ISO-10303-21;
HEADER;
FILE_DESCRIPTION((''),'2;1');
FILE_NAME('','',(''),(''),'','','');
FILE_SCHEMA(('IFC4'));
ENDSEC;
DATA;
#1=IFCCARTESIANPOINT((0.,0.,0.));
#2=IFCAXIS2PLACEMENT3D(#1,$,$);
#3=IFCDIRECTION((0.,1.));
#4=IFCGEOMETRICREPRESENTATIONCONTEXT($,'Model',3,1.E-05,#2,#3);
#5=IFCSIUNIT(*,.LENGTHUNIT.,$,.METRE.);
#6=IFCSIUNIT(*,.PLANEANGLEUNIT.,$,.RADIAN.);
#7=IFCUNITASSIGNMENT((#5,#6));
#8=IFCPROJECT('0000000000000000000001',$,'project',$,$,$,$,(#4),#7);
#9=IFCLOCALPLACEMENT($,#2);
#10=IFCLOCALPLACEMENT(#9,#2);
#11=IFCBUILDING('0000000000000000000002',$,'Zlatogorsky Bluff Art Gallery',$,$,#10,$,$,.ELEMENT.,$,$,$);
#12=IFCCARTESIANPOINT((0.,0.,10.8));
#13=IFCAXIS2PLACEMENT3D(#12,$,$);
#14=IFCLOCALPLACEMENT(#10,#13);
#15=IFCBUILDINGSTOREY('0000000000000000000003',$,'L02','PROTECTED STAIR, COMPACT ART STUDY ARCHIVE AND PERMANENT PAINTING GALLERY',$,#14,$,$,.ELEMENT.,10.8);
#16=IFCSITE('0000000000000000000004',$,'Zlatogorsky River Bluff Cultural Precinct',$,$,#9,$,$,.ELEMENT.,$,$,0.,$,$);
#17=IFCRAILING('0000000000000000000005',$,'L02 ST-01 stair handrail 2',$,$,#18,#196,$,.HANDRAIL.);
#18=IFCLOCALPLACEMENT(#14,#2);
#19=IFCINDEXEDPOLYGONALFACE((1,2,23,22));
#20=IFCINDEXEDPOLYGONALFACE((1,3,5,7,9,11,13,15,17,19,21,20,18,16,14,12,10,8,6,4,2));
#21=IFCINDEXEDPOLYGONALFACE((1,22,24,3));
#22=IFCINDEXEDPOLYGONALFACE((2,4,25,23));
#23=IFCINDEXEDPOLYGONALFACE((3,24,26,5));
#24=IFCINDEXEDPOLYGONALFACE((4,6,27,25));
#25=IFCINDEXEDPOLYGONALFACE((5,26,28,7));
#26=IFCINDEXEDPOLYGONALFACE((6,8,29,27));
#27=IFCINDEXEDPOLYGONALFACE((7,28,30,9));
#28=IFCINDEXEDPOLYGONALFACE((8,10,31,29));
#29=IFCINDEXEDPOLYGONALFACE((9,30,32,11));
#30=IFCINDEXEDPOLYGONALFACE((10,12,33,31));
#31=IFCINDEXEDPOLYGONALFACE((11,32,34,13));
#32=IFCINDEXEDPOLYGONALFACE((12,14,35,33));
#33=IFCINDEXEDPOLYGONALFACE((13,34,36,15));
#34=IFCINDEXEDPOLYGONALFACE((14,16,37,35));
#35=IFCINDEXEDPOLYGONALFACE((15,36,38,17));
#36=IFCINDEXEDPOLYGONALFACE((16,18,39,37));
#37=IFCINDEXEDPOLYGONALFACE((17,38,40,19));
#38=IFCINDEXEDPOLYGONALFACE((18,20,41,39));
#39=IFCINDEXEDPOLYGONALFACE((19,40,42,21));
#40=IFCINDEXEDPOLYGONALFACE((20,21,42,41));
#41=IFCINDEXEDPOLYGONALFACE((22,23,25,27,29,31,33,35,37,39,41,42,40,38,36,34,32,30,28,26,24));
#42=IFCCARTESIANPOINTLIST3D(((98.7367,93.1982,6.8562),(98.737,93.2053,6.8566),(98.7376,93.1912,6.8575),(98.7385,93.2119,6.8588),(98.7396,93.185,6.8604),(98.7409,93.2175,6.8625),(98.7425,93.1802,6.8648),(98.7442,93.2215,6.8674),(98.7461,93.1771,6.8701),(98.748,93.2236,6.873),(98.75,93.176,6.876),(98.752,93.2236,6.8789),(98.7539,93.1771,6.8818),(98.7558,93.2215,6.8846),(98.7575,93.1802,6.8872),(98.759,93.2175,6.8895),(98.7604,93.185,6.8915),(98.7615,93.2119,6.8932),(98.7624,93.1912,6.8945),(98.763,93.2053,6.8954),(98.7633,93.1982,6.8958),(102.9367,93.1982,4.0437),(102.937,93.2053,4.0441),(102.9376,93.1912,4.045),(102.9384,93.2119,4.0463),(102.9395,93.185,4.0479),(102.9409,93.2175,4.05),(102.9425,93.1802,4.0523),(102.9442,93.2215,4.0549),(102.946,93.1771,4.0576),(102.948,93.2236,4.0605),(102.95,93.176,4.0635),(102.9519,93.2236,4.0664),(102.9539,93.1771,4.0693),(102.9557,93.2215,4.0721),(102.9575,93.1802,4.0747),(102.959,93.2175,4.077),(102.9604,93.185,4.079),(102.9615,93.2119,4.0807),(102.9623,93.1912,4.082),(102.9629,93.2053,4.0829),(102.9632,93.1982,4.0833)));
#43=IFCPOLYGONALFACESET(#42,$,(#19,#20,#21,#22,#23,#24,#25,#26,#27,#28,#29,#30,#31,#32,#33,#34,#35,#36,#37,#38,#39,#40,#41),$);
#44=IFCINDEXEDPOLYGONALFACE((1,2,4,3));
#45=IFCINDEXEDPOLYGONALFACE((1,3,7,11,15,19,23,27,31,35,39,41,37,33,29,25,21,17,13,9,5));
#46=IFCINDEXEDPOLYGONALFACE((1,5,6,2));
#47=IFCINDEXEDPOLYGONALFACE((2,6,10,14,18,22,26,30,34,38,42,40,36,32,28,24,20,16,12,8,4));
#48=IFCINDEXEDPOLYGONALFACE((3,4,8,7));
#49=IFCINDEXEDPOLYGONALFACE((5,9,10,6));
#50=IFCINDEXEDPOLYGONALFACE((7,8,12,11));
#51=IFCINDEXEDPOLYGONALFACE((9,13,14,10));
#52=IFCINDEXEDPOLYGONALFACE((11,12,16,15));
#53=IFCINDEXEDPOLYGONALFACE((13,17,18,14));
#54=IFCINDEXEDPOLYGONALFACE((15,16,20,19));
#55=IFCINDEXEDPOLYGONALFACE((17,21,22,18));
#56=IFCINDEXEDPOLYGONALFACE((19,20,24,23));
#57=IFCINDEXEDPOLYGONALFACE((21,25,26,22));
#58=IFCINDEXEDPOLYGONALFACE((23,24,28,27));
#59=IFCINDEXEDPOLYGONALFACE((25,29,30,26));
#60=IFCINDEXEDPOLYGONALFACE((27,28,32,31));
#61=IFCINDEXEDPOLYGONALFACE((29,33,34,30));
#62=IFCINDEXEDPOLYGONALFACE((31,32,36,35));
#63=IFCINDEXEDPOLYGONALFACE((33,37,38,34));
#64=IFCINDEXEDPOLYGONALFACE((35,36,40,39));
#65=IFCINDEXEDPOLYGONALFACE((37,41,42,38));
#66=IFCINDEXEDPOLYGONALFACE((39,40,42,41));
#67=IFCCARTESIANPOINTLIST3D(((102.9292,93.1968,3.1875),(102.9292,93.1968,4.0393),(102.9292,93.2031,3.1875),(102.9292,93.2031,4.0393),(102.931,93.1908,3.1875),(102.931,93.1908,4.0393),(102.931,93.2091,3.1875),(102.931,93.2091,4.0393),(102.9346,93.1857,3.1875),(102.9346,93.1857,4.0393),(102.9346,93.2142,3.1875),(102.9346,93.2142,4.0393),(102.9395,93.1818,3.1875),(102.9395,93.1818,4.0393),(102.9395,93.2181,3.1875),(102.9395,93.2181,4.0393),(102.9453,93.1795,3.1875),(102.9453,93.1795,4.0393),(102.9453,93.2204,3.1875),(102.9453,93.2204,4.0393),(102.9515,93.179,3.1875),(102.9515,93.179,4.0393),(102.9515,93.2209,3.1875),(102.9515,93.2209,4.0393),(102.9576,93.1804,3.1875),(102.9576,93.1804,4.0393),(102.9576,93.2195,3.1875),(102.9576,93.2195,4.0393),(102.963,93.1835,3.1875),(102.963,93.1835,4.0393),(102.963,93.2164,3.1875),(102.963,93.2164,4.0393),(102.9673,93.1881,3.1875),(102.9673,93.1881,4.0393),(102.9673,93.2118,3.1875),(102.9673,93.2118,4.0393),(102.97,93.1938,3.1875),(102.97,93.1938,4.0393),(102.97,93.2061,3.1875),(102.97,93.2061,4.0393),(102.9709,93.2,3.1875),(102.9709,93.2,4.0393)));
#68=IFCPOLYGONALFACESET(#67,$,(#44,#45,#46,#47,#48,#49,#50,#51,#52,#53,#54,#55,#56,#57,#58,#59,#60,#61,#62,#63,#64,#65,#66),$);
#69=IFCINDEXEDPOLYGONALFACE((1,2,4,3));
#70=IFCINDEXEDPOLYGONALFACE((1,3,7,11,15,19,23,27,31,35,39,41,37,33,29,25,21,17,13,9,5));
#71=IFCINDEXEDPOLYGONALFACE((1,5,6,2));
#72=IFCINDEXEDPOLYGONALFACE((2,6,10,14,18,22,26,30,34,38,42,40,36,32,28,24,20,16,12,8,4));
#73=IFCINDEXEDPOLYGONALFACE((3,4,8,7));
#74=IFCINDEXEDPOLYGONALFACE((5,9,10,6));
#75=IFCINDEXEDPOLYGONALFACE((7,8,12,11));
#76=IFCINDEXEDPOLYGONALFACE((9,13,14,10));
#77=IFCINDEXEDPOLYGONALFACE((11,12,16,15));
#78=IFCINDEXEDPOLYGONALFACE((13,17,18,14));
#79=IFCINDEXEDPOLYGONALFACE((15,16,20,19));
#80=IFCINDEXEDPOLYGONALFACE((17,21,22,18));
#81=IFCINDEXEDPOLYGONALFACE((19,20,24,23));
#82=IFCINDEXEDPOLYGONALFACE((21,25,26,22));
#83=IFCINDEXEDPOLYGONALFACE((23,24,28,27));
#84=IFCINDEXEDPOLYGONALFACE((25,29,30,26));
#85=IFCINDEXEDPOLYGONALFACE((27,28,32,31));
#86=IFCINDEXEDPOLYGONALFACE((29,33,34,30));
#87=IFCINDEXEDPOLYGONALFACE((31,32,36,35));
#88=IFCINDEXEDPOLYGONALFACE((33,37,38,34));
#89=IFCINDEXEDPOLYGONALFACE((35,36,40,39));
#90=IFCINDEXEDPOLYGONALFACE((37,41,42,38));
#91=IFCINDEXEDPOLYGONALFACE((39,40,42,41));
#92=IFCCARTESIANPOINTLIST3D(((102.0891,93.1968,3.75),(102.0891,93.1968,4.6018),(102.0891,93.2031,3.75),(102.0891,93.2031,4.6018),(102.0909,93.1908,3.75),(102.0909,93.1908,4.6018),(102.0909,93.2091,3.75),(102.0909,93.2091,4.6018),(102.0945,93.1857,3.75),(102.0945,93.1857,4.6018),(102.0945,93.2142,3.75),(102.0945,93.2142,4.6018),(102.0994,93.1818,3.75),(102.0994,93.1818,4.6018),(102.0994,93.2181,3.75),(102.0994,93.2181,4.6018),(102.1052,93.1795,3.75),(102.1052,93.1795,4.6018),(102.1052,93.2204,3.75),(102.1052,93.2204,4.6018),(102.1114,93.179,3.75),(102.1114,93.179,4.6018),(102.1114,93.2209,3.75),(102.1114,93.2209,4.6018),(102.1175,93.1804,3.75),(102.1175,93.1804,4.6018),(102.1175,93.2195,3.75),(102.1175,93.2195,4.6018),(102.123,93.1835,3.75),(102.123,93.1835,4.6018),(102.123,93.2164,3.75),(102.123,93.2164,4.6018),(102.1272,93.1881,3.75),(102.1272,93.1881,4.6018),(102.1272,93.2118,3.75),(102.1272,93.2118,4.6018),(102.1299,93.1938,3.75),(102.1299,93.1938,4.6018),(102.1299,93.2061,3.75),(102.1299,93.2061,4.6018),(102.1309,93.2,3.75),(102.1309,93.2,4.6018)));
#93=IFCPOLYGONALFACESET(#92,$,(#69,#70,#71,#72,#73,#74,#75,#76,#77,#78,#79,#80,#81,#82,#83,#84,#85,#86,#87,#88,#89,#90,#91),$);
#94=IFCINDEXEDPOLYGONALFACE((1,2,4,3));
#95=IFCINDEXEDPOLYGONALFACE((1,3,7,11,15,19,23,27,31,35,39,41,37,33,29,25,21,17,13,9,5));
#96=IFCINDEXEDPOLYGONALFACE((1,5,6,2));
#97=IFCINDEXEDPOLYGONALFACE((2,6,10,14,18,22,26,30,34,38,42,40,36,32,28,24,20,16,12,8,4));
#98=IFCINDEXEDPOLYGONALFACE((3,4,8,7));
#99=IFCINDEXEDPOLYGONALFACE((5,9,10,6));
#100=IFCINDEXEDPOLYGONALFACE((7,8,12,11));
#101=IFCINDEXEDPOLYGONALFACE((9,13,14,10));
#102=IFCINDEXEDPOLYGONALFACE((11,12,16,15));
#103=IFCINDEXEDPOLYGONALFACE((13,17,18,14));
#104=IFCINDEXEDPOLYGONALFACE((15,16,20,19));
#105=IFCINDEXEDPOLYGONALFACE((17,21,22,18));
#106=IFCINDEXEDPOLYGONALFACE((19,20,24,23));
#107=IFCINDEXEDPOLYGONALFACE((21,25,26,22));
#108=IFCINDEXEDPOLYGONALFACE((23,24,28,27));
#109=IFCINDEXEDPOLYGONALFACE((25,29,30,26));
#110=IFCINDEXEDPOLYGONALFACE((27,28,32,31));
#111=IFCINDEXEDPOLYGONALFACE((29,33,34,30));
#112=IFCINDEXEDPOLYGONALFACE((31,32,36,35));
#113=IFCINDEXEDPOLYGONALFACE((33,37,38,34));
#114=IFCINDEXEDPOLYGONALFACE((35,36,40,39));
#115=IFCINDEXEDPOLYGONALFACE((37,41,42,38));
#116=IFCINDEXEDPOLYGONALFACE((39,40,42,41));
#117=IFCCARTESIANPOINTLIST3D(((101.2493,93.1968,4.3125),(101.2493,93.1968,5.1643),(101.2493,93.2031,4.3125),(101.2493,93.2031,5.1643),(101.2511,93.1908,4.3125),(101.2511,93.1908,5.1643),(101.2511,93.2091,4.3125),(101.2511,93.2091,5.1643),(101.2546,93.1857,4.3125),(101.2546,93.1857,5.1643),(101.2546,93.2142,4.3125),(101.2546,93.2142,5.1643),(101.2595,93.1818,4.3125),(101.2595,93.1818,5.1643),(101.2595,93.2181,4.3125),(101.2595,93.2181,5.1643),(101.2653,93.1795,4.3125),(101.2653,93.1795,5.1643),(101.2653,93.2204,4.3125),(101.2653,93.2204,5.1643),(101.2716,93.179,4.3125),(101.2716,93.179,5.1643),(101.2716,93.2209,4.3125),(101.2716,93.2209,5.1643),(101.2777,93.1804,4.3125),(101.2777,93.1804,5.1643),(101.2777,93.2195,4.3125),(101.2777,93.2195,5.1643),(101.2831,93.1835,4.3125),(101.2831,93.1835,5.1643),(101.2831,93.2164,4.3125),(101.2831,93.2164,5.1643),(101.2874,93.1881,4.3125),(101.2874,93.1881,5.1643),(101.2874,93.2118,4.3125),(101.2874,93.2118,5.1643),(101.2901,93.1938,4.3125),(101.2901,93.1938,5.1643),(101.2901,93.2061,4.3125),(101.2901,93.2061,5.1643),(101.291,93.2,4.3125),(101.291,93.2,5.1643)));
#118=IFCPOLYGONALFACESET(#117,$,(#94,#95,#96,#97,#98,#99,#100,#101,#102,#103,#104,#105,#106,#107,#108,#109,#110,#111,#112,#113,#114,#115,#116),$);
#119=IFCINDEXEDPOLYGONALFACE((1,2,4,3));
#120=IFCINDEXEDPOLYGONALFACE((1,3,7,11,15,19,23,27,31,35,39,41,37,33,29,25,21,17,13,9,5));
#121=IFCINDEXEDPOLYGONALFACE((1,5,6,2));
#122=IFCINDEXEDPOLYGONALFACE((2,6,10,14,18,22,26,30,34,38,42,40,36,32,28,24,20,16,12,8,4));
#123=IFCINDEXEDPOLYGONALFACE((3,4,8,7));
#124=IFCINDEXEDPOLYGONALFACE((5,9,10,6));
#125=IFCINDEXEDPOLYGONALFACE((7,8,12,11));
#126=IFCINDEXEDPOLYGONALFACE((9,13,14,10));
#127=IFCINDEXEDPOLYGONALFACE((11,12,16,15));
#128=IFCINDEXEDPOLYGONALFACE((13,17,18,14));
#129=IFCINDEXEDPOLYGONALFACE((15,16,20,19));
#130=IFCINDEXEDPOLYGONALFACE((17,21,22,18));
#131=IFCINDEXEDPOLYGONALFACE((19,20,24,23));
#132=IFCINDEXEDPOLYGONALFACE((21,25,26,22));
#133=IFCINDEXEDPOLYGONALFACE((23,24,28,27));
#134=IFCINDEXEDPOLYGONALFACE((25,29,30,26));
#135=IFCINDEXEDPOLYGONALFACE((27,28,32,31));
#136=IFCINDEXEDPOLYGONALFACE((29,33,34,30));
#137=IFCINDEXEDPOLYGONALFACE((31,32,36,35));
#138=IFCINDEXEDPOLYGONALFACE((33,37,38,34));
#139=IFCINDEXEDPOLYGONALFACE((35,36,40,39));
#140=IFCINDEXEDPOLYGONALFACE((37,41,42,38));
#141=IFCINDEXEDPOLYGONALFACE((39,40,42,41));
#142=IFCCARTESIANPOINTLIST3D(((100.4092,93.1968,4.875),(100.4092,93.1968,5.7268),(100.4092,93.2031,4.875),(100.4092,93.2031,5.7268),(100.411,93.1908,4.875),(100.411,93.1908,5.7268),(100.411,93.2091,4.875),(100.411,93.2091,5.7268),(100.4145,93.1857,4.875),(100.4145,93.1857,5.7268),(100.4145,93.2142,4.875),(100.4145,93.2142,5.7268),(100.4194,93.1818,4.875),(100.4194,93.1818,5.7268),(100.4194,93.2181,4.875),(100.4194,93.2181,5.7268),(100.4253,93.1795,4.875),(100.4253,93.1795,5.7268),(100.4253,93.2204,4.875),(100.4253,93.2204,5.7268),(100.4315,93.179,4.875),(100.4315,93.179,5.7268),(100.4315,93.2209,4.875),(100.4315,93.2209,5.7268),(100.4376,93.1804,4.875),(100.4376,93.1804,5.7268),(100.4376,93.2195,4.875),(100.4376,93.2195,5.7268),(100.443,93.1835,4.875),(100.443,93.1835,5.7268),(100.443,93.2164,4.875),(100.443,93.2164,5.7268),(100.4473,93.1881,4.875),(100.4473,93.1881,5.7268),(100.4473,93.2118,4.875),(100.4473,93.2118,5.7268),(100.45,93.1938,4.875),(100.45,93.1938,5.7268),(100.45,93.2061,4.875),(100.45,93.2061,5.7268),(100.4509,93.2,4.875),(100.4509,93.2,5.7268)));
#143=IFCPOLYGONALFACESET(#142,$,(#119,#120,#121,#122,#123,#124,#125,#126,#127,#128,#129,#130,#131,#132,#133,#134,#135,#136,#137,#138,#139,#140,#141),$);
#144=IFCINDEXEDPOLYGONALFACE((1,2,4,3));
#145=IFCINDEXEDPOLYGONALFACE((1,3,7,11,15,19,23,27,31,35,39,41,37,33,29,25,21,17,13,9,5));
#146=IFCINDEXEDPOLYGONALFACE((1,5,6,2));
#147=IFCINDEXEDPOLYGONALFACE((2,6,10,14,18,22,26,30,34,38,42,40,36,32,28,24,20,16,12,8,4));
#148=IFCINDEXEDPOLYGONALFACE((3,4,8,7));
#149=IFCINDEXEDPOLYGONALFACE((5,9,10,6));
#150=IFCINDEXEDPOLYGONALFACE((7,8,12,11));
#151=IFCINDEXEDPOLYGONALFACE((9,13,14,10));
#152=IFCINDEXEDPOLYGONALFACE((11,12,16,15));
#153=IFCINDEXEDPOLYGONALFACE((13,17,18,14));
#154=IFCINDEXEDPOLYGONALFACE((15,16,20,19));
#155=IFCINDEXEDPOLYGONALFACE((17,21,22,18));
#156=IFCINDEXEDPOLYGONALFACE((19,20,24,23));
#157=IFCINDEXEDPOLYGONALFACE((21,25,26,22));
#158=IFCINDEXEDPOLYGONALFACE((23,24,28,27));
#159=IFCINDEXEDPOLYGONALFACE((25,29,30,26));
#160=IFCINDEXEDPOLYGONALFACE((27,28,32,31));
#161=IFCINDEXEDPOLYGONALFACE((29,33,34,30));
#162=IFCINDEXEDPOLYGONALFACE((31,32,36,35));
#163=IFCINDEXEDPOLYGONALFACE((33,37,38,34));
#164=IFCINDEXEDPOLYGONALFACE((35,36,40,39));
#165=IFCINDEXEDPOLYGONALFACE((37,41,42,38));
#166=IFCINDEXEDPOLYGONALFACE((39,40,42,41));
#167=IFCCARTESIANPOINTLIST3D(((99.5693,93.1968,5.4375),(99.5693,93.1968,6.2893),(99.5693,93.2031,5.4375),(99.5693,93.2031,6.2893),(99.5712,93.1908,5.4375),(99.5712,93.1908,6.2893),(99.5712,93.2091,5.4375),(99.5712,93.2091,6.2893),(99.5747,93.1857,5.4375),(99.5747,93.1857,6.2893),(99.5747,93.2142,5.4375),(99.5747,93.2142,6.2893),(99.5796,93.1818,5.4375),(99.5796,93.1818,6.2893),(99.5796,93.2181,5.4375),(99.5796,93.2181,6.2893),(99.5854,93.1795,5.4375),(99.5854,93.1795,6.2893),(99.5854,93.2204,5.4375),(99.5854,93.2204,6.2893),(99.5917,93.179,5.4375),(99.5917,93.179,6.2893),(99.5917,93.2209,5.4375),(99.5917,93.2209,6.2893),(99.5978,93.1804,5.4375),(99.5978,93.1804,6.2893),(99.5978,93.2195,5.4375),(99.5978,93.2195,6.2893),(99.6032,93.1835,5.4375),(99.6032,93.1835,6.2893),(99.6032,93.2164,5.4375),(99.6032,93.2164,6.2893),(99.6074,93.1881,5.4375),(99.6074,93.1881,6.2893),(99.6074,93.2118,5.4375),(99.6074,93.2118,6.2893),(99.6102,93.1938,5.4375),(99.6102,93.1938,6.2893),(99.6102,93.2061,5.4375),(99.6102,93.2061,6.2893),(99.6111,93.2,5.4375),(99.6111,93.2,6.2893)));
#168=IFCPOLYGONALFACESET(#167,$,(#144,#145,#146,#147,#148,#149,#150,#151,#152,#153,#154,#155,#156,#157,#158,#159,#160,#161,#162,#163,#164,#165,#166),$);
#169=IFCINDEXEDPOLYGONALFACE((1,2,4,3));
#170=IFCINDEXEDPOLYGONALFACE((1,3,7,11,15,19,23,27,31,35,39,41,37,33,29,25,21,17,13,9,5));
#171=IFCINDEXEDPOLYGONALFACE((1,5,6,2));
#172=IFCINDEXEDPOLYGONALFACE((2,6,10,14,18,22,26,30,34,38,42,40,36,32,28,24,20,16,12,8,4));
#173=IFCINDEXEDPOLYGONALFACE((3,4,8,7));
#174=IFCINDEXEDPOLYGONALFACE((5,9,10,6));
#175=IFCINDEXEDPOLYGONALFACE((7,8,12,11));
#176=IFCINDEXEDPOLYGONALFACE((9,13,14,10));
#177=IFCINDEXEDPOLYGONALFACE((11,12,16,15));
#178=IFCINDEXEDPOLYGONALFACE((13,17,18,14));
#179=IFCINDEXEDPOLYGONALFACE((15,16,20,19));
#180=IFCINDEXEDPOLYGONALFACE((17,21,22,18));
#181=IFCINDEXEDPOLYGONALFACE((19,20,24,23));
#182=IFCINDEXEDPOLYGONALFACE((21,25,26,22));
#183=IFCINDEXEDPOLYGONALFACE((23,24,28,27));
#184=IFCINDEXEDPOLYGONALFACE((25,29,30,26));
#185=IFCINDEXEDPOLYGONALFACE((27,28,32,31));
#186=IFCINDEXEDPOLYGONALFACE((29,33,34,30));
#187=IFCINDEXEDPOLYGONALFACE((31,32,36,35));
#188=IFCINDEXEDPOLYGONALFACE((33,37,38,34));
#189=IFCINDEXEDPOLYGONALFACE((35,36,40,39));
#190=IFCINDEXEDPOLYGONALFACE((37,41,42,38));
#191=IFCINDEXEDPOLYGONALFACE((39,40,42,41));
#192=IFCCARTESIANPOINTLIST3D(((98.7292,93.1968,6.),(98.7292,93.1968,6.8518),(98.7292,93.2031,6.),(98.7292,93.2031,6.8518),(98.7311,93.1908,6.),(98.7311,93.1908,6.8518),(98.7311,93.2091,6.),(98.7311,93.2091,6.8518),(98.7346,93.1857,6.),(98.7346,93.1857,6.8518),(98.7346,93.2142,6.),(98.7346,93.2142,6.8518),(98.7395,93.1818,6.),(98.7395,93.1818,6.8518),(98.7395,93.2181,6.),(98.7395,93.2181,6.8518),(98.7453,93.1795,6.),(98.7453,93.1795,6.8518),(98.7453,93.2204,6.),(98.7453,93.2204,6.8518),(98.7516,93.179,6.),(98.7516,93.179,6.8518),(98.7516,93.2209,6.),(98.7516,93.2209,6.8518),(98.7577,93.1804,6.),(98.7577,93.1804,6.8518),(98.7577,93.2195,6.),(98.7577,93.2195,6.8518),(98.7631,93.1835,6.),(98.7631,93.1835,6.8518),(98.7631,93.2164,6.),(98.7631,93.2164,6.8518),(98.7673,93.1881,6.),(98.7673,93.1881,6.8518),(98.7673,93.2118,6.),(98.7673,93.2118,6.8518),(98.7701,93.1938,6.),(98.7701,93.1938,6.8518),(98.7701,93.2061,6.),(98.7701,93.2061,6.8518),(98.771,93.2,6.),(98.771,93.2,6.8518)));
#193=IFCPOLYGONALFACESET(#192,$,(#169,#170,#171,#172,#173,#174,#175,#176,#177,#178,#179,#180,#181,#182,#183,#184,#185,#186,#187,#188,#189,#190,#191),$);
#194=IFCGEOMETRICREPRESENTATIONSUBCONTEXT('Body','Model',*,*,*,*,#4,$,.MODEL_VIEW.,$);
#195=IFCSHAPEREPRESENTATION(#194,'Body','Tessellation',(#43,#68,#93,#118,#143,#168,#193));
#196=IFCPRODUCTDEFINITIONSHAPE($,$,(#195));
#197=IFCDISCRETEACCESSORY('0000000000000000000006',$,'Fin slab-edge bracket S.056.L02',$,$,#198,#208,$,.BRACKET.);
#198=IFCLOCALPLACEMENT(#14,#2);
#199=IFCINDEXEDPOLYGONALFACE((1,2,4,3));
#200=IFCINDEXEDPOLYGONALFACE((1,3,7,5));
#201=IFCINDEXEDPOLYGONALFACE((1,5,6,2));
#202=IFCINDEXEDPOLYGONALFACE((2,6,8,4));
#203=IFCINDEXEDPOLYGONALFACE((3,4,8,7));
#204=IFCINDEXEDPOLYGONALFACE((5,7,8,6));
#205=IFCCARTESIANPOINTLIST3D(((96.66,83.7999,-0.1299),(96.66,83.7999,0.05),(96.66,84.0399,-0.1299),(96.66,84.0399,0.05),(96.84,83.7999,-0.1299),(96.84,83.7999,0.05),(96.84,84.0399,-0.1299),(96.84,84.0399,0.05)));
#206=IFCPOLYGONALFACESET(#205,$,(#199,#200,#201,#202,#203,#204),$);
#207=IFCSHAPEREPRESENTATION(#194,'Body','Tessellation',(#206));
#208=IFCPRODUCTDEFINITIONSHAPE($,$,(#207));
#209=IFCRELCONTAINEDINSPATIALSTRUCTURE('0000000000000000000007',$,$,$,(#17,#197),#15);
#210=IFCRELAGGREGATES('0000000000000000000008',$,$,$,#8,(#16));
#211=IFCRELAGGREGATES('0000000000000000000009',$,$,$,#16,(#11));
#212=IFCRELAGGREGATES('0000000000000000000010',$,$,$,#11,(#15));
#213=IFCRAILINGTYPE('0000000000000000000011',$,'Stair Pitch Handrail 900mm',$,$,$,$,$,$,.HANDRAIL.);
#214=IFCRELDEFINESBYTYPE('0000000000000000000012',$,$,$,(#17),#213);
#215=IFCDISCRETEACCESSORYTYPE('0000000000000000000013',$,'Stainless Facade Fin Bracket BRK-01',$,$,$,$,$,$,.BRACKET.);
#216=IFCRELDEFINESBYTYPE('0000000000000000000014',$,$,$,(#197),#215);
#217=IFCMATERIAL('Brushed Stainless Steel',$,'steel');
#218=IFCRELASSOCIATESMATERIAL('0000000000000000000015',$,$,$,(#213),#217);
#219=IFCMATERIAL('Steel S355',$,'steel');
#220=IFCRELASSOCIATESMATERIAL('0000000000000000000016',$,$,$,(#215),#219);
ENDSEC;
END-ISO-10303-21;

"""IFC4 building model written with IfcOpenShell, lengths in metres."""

from ifc_helpers import new_model, si_unit, direction, frame, origin, origin_2d, place, context, subcontext, project, spatial, rectangle, circle, extrude, material, type_object, element, save


model = new_model("IFC4")

# Units and contexts
model_context = context("Model", 3, precision=1e-05, world=origin(), true_north=direction((0.0, 1.0)))
body_context = subcontext(model_context, "Body", "Model", "MODEL_VIEW")
ifc_project = project(units=[si_unit("LENGTHUNIT", "METRE"), si_unit("PLANEANGLEUNIT", "RADIAN")], contexts=[model_context])

# Site, building, storey
site_placement = place(None, origin())
site = spatial("IfcSite", under=ifc_project, at=site_placement, Name="Zlatogorsky River Bluff Cultural Precinct", CompositionType="ELEMENT", RefElevation=0.0)
building_placement = place(site_placement, origin())
building = spatial("IfcBuilding", under=site, at=building_placement, Name="Zlatogorsky Bluff Art Gallery", CompositionType="ELEMENT")
storey_placement = place(building_placement, frame((0.0, 0.0, 10.8)))
storey = spatial("IfcBuildingStorey", under=building, at=storey_placement, Name="L02", Description="PROTECTED STAIR, COMPACT ART STUDY ARCHIVE AND PERMANENT PAINTING GALLERY", CompositionType="ELEMENT", Elevation=10.8)

# Shared definitions
ifc_material_1 = material(Name="Steel S355", Category="steel")

# Railing
ifc_material_2 = material(Name="Brushed Stainless Steel", Category="steel")
railing_type_1 = type_object("IfcRailingType", Name="Stair Pitch Handrail 900mm", PredefinedType="HANDRAIL", material=ifc_material_2)
railing_1_placement = place(storey_placement, frame((102.95, 93.2, 3.1875)))
element("IfcRailing", 1, at=railing_1_placement, inside=storey, type_object=railing_type_1, Name="L02 ST-01 stair handrail 2", PredefinedType="HANDRAIL", context=body_context, shape_type="SweptSolid", body=[
    extrude(circle(Radius=0.0239, at=origin_2d()), frame((0.0, 0.0, 0.876), z_axis=(-0.830904, 0.0, 0.556416), x_axis=(0.0, -1.0, 0.0)), (0.0, 0.0, 1.0), 5.0547),
    extrude(circle(Radius=0.021, at=origin_2d()), origin(), (0.0, 0.0, 1.0), 0.8518),
    extrude(circle(Radius=0.021, at=origin_2d()), frame((-0.8401, 0.0, 0.5625)), (0.0, 0.0, 1.0), 0.8518),
    extrude(circle(Radius=0.021, at=origin_2d()), frame((-1.6799, 0.0, 1.125)), (0.0, 0.0, 1.0), 0.8518),
    extrude(circle(Radius=0.021, at=origin_2d()), frame((-2.52, 0.0, 1.6875)), (0.0, 0.0, 1.0), 0.8518),
    extrude(circle(Radius=0.021, at=origin_2d()), frame((-3.3599, 0.0, 2.25)), (0.0, 0.0, 1.0), 0.8518),
    extrude(circle(Radius=0.021, at=origin_2d()), frame((-4.2, 0.0, 2.8125)), (0.0, 0.0, 1.0), 0.8518),
])

# Discrete accessory
discrete_accessory_type = type_object("IfcDiscreteAccessoryType", Name="Stainless Facade Fin Bracket BRK-01", PredefinedType="BRACKET", material=ifc_material_1)
for number, where, z_axis, x_axis, name in (
    (2, (96.75, 83.9199, -0.1299), (0.0, 0.0, 1.0), (1.0, 0.0, 0.0), "Fin slab-edge bracket S.056.L02"),
):
    element("IfcDiscreteAccessory", number, at=place(storey_placement, frame(where, z_axis=z_axis, x_axis=x_axis)), inside=storey, type_object=discrete_accessory_type, Name=name, PredefinedType="BRACKET", context=body_context, shape_type="SweptSolid", body=[
        extrude(rectangle(XDim=0.1799, YDim=0.24, at=origin_2d()), origin(), (0.0, 0.0, 1.0), 0.1799),
    ])

save(model, "model.ifc")
